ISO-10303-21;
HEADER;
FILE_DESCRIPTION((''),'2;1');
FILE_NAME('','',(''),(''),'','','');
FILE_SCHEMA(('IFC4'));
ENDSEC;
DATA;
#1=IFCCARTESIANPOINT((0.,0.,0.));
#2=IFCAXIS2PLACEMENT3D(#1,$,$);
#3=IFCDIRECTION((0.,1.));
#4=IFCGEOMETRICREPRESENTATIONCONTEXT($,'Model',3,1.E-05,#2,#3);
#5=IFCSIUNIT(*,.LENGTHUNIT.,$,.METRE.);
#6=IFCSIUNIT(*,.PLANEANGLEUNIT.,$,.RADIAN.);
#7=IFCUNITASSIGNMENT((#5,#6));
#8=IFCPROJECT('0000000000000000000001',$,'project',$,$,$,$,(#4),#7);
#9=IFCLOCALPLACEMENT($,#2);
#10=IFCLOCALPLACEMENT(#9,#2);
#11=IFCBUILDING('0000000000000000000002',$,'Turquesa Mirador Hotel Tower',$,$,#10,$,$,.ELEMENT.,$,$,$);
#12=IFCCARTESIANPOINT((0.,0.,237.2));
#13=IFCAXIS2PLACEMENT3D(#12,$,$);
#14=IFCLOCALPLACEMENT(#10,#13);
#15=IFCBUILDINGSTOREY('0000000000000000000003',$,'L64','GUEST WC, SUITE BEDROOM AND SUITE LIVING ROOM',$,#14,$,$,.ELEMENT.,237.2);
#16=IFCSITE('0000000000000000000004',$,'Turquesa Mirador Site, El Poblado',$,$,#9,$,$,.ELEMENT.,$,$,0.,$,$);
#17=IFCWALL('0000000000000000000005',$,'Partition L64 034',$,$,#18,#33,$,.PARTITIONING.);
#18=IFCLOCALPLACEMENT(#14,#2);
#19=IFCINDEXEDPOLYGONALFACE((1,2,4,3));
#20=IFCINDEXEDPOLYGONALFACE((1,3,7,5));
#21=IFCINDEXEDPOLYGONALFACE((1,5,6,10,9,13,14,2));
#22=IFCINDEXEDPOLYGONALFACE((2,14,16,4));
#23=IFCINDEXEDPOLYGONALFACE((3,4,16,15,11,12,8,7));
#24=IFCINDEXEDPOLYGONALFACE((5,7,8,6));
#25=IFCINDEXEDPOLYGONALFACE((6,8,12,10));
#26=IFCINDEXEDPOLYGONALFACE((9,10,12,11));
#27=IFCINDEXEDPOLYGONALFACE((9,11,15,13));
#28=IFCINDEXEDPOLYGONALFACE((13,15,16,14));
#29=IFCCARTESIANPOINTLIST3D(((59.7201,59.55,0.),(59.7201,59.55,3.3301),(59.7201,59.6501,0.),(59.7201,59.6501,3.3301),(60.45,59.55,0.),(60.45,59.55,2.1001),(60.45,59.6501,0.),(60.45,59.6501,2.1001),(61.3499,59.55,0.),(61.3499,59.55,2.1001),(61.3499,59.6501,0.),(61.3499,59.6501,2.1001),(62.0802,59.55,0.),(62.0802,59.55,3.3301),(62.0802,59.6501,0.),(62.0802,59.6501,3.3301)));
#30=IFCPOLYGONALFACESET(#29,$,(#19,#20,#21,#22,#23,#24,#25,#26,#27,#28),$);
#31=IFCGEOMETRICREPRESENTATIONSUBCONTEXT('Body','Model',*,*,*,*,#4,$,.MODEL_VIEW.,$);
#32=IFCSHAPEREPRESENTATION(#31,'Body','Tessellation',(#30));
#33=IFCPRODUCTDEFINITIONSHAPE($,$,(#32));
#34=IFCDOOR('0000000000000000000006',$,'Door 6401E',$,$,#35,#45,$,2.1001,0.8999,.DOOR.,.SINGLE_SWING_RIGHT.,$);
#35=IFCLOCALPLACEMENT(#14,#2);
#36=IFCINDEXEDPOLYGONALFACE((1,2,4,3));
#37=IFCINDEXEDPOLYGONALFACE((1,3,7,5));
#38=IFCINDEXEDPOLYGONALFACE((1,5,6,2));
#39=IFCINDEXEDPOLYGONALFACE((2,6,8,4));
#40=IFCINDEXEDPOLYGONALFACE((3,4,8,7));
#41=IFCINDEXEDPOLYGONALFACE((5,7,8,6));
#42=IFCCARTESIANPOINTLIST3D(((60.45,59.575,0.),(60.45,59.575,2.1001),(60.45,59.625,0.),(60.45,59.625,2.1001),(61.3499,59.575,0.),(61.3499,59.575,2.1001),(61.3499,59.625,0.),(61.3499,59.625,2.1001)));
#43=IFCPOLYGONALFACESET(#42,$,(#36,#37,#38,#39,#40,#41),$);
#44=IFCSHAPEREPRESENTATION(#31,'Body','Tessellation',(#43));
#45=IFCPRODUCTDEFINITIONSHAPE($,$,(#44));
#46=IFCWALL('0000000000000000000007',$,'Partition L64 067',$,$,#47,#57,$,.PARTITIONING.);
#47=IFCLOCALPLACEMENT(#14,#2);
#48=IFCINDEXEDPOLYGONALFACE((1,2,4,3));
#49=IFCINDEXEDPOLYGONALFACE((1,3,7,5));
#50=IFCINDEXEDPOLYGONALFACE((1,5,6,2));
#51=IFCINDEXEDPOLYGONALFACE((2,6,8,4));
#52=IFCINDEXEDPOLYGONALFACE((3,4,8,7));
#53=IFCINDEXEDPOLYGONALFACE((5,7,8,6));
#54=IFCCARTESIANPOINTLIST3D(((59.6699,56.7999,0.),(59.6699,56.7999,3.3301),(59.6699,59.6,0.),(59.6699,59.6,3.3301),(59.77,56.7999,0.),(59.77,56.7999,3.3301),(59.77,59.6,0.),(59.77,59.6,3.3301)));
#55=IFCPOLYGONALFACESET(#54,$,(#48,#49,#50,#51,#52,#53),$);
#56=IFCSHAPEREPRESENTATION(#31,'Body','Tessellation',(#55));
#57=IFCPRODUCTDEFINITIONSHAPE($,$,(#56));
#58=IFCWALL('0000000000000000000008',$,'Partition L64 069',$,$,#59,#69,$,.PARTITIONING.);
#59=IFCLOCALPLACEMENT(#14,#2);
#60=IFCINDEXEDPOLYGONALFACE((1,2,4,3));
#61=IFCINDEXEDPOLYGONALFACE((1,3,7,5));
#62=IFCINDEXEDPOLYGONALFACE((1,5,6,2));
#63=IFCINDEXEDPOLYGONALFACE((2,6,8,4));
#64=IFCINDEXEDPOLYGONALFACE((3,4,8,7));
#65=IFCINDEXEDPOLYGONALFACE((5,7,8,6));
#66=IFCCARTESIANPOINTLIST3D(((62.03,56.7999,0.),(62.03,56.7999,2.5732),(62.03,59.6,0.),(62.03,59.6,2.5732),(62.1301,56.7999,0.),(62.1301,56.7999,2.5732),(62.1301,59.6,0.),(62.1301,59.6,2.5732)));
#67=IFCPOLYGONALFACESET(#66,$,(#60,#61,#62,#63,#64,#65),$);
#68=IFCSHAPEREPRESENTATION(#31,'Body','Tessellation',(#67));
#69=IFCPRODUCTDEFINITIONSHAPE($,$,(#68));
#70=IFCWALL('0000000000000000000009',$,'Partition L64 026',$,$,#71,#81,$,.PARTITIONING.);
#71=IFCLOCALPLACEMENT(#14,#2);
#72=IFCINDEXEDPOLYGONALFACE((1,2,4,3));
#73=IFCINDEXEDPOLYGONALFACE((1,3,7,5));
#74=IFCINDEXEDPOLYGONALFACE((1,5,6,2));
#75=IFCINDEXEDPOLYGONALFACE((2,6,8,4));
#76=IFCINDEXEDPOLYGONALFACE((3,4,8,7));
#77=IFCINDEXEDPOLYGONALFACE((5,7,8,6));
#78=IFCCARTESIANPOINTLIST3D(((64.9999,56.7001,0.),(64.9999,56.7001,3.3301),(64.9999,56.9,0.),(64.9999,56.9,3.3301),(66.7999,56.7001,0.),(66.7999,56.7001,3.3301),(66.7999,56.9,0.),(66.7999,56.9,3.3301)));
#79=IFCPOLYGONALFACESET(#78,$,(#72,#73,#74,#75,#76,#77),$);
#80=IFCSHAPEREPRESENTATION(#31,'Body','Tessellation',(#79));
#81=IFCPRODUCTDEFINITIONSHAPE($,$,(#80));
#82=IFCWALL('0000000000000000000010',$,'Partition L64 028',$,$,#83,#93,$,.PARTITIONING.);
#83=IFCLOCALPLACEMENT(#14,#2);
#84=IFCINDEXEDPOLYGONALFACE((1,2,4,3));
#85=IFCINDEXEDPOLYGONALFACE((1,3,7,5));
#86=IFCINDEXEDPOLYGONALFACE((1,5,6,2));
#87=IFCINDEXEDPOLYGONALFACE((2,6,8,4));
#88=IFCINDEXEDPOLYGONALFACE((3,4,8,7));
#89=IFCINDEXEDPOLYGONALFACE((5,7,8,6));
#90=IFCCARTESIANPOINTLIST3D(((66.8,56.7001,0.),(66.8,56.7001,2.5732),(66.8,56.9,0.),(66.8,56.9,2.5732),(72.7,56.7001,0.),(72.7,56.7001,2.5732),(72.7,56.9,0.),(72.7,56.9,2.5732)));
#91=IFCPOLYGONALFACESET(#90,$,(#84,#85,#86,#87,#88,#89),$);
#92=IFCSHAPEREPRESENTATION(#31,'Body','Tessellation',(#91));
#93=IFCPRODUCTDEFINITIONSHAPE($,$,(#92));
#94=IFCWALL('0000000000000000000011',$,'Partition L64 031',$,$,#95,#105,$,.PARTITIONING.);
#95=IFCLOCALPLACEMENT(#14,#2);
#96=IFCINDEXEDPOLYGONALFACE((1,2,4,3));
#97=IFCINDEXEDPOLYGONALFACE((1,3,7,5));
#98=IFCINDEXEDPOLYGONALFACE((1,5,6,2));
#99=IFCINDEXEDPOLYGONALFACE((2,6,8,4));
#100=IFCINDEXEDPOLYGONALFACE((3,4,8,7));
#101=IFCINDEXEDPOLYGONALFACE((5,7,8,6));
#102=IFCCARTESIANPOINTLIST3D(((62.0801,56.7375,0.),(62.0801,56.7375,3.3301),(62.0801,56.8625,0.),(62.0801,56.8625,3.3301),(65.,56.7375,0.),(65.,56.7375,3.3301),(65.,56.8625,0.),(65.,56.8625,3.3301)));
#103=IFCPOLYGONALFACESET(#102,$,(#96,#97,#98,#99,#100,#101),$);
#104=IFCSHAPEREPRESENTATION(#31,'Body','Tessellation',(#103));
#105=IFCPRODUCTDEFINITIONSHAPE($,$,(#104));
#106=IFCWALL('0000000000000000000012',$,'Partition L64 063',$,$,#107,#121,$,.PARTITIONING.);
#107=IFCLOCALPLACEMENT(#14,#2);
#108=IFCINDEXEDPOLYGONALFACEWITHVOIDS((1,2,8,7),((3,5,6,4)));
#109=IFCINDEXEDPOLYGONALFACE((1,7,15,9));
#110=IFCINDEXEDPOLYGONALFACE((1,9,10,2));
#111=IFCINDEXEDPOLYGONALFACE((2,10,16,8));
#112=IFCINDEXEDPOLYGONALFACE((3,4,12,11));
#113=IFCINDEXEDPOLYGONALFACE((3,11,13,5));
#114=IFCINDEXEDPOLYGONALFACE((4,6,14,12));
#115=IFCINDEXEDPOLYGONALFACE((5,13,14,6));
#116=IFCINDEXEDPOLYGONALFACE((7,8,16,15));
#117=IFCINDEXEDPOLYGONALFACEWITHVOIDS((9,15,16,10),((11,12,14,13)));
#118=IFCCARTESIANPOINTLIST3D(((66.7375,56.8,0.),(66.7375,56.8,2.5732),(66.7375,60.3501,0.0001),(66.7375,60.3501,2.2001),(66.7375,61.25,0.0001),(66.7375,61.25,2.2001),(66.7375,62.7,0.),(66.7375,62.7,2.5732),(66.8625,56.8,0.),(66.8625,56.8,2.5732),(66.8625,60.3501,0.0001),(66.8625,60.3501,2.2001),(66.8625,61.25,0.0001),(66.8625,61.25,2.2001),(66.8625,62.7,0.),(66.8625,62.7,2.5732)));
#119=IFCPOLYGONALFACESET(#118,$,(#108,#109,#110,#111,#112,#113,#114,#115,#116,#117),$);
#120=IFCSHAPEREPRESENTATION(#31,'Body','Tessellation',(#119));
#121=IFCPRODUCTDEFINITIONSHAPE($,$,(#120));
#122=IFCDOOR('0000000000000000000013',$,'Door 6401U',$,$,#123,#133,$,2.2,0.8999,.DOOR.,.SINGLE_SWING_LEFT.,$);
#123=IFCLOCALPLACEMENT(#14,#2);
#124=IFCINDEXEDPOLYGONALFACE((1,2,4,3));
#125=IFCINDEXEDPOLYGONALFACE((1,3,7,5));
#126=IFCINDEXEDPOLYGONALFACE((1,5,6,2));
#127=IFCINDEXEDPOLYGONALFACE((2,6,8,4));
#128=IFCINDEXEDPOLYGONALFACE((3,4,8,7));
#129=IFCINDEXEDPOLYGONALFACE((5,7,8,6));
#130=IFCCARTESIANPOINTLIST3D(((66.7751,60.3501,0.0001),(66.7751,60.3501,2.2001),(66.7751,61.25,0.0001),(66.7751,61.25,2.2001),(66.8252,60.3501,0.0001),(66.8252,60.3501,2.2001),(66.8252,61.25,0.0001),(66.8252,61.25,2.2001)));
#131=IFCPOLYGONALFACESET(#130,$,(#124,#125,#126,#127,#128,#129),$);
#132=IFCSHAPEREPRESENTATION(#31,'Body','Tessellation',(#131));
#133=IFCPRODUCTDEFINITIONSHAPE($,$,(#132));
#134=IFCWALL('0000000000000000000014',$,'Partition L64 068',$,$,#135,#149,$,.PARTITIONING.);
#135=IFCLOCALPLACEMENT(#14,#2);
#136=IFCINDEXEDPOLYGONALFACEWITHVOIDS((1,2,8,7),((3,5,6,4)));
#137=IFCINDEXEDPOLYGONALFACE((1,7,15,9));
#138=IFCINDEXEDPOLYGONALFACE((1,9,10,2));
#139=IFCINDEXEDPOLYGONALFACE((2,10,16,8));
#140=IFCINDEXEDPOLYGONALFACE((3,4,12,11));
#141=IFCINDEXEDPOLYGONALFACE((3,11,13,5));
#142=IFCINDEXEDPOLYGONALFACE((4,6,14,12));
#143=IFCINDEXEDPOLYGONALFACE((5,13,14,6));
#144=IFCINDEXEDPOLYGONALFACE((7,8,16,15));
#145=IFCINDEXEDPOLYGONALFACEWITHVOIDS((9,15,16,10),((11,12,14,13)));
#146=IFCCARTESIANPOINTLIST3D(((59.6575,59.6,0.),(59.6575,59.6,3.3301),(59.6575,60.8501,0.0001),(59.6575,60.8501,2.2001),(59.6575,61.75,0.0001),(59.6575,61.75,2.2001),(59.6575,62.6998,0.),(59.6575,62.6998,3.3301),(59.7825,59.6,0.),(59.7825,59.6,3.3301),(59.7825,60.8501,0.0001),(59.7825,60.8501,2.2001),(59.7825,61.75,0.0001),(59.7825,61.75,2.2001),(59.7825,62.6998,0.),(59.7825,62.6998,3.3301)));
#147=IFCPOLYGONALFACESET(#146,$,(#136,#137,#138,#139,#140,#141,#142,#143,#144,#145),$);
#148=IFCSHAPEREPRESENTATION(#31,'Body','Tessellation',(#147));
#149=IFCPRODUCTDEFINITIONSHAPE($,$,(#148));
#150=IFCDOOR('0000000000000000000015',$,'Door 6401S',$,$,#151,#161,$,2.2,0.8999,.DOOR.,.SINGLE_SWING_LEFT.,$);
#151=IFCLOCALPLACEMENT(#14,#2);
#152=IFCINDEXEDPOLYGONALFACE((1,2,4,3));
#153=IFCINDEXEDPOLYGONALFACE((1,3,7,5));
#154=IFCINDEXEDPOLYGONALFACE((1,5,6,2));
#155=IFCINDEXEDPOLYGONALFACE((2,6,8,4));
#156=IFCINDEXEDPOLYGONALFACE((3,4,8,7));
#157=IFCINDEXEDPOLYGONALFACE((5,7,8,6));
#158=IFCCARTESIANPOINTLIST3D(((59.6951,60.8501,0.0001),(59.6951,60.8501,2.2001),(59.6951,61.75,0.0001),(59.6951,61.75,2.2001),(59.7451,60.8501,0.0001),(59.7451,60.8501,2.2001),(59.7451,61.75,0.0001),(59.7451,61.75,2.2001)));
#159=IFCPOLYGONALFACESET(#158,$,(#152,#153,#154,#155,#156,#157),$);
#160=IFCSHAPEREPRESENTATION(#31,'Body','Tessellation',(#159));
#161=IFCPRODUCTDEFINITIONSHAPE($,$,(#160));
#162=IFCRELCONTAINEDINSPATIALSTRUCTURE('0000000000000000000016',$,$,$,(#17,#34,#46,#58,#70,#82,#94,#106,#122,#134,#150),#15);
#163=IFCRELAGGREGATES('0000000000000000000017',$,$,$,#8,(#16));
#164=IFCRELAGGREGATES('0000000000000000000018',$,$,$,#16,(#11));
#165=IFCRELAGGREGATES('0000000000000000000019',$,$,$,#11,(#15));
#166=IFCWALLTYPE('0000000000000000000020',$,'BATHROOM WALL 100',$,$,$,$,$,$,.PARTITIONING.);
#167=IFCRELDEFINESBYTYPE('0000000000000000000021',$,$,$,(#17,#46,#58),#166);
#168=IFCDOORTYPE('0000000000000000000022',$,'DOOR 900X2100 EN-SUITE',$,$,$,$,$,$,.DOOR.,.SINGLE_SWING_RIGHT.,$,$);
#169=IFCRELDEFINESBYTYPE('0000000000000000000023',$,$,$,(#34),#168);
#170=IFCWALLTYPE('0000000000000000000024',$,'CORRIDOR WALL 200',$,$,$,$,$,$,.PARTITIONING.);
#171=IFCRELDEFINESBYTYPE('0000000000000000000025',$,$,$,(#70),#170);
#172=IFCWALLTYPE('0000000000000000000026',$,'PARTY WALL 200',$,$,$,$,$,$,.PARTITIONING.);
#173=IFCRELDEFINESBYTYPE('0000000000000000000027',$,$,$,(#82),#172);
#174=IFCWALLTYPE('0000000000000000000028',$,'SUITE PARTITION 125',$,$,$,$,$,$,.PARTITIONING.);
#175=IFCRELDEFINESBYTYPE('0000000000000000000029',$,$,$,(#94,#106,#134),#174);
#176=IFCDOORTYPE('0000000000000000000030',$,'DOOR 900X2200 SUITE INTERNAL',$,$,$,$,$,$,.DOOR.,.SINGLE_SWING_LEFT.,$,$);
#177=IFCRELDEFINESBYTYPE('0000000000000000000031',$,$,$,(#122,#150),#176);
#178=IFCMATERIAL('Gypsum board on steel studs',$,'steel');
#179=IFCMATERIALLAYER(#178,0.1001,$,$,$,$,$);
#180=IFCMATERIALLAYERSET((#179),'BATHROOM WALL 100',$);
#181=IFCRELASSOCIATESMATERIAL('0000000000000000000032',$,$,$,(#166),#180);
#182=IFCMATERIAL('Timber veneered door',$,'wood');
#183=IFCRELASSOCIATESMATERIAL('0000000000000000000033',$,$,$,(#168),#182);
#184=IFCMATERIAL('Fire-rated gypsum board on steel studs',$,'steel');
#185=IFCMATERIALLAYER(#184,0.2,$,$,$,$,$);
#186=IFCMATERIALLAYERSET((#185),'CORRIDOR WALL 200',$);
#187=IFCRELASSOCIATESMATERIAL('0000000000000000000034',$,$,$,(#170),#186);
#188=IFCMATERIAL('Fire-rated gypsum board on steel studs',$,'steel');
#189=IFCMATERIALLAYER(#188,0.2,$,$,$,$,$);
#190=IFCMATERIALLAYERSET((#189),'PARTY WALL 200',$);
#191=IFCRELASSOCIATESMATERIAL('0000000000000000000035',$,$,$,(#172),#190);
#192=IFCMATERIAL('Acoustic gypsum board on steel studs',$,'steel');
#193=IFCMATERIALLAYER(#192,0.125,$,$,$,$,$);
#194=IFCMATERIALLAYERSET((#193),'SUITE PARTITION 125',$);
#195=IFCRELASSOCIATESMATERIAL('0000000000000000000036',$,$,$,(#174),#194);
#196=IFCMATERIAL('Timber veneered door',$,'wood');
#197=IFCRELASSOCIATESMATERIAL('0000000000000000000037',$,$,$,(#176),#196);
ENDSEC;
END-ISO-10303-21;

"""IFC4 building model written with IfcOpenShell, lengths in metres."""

from ifc_helpers import new_model, si_unit, direction, frame, frame_2d, origin, place, context, subcontext, project, spatial, rectangle, extrude, material, layer, layer_set, type_object, element, fill, save


model = new_model("IFC4")

# Units and contexts
model_context = context("Model", 3, precision=1e-05, world=origin(), true_north=direction((0.0, 1.0)))
body_context = subcontext(model_context, "Body", "Model", "MODEL_VIEW")
ifc_project = project(units=[si_unit("LENGTHUNIT", "METRE"), si_unit("PLANEANGLEUNIT", "RADIAN")], contexts=[model_context])

# Site, building, storey
site_placement = place(None, origin())
site = spatial("IfcSite", under=ifc_project, at=site_placement, Name="Turquesa Mirador Site, El Poblado", CompositionType="ELEMENT", RefElevation=0.0)
building_placement = place(site_placement, origin())
building = spatial("IfcBuilding", under=site, at=building_placement, Name="Turquesa Mirador Hotel Tower", CompositionType="ELEMENT")
storey_placement = place(building_placement, frame((0.0, 0.0, 237.2)))
storey = spatial("IfcBuildingStorey", under=building, at=storey_placement, Name="L64", Description="GUEST WC, SUITE BEDROOM AND SUITE LIVING ROOM", CompositionType="ELEMENT", Elevation=237.2)

# Shared definitions
ifc_material_1 = material(Name="Gypsum board on steel studs", Category="steel")
ifc_layer_1 = layer(ifc_material_1, 0.1001)
ifc_layer_set_1 = layer_set([ifc_layer_1], Name="BATHROOM WALL 100")
wall_type_1 = type_object("IfcWallType", Name="BATHROOM WALL 100", PredefinedType="PARTITIONING", material=ifc_layer_set_1)

# Wall, opening, door
wall_1_placement = place(storey_placement, frame((59.72, 59.6001, 0.0), z_axis=(0.0, 0.0, 1.0), x_axis=(1.0, 0.0, 0.0)))
wall_1 = element("IfcWall", 1, at=wall_1_placement, inside=storey, type_object=wall_type_1, Name="Partition L64 034", PredefinedType="PARTITIONING", context=body_context, shape_type="SweptSolid", body=[
    extrude(rectangle(XDim=2.3601, YDim=0.1001, at=frame_2d((1.1802, 0.0))), origin(), (0.0, 0.0, 1.0), 3.3301),
])
opening_1_placement = place(wall_1_placement, frame((0.73, 0.0, 0.0)))
opening_1 = element("IfcOpeningElement", 2, at=opening_1_placement, cuts=wall_1, PredefinedType="OPENING", context=body_context, shape_type="SweptSolid", body=[
    extrude(rectangle(XDim=0.8999, YDim=2.1001, at=frame_2d((0.45, 1.05))), frame((0.0, 0.0601, 0.0), z_axis=(0.0, -1.0, 0.0), x_axis=(1.0, 0.0, 0.0)), (0.0, 0.0, 1.0), 0.1201),
])
ifc_material_2 = material(Name="Timber veneered door", Category="wood")
door_type_1 = type_object("IfcDoorType", Name="DOOR 900X2100 EN-SUITE", OperationType="SINGLE_SWING_RIGHT", PredefinedType="DOOR", material=ifc_material_2)
door_1_placement = place(opening_1_placement, origin())
door_1 = element("IfcDoor", 3, at=door_1_placement, inside=storey, type_object=door_type_1, Name="Door 6401E", OperationType="SINGLE_SWING_RIGHT", OverallHeight=2.1001, OverallWidth=0.8999, PredefinedType="DOOR", context=body_context, shape_type="SweptSolid", body=[
    extrude(rectangle(XDim=0.8999, YDim=2.1001, at=frame_2d((0.45, 1.05))), frame((0.0, 0.0249, 0.0), z_axis=(0.0, -1.0, 0.0), x_axis=(1.0, 0.0, 0.0)), (0.0, 0.0, 1.0), 0.05),
])
fill(opening_1, door_1)

# Walls
wall_2_placement = place(storey_placement, frame((59.72, 56.8, 0.0), z_axis=(0.0, 0.0, 1.0), x_axis=(0.0, 1.0, 0.0)))
element("IfcWall", 4, at=wall_2_placement, inside=storey, type_object=wall_type_1, Name="Partition L64 067", PredefinedType="PARTITIONING", context=body_context, shape_type="SweptSolid", body=[
    extrude(rectangle(XDim=2.8, YDim=0.1001, at=frame_2d((1.3999, 0.0))), origin(), (0.0, 0.0, 1.0), 3.3301),
])
wall_3_placement = place(storey_placement, frame((62.0801, 56.8, 0.0), z_axis=(0.0, 0.0, 1.0), x_axis=(0.0, 1.0, 0.0)))
element("IfcWall", 5, at=wall_3_placement, inside=storey, type_object=wall_type_1, Name="Partition L64 069", PredefinedType="PARTITIONING", context=body_context, shape_type="SweptSolid", body=[
    extrude(rectangle(XDim=2.8, YDim=0.1001, at=frame_2d((1.3999, 0.0))), origin(), (0.0, 0.0, 1.0), 2.5732),
])
ifc_material_3 = material(Name="Fire-rated gypsum board on steel studs", Category="steel")
ifc_layer_2 = layer(ifc_material_3, 0.2)
ifc_layer_set_2 = layer_set([ifc_layer_2], Name="CORRIDOR WALL 200")
wall_type_2 = type_object("IfcWallType", Name="CORRIDOR WALL 200", PredefinedType="PARTITIONING", material=ifc_layer_set_2)
wall_4_placement = place(storey_placement, frame((65.0, 56.8, 0.0), z_axis=(0.0, 0.0, 1.0), x_axis=(1.0, 0.0, 0.0)))
element("IfcWall", 6, at=wall_4_placement, inside=storey, type_object=wall_type_2, Name="Partition L64 026", PredefinedType="PARTITIONING", context=body_context, shape_type="SweptSolid", body=[
    extrude(rectangle(XDim=1.8, YDim=0.2, at=frame_2d((0.8999, 0.0))), origin(), (0.0, 0.0, 1.0), 3.3301),
])
ifc_material_4 = material(Name="Fire-rated gypsum board on steel studs", Category="steel")
ifc_layer_3 = layer(ifc_material_4, 0.2)
ifc_layer_set_3 = layer_set([ifc_layer_3], Name="PARTY WALL 200")
wall_type_3 = type_object("IfcWallType", Name="PARTY WALL 200", PredefinedType="PARTITIONING", material=ifc_layer_set_3)
wall_5_placement = place(storey_placement, frame((66.8, 56.8, 0.0), z_axis=(0.0, 0.0, 1.0), x_axis=(1.0, 0.0, 0.0)))
element("IfcWall", 7, at=wall_5_placement, inside=storey, type_object=wall_type_3, Name="Partition L64 028", PredefinedType="PARTITIONING", context=body_context, shape_type="SweptSolid", body=[
    extrude(rectangle(XDim=5.8999, YDim=0.2, at=frame_2d((2.95, 0.0))), origin(), (0.0, 0.0, 1.0), 2.5732),
])
ifc_material_5 = material(Name="Acoustic gypsum board on steel studs", Category="steel")
ifc_layer_4 = layer(ifc_material_5, 0.125)
ifc_layer_set_4 = layer_set([ifc_layer_4], Name="SUITE PARTITION 125")
wall_type_4 = type_object("IfcWallType", Name="SUITE PARTITION 125", PredefinedType="PARTITIONING", material=ifc_layer_set_4)
wall_6_placement = place(storey_placement, frame((62.0801, 56.8, 0.0), z_axis=(0.0, 0.0, 1.0), x_axis=(1.0, 0.0, 0.0)))
element("IfcWall", 8, at=wall_6_placement, inside=storey, type_object=wall_type_4, Name="Partition L64 031", PredefinedType="PARTITIONING", context=body_context, shape_type="SweptSolid", body=[
    extrude(rectangle(XDim=2.9199, YDim=0.125, at=frame_2d((1.46, 0.0))), origin(), (0.0, 0.0, 1.0), 3.3301),
])

# Walls, openings, doors
wall_7_placement = place(storey_placement, frame((66.8, 56.8, 0.0), z_axis=(0.0, 0.0, 1.0), x_axis=(0.0, 1.0, 0.0)))
wall_7 = element("IfcWall", 9, at=wall_7_placement, inside=storey, type_object=wall_type_4, Name="Partition L64 063", PredefinedType="PARTITIONING", context=body_context, shape_type="SweptSolid", body=[
    extrude(rectangle(XDim=5.8999, YDim=0.125, at=frame_2d((2.95, 0.0))), origin(), (0.0, 0.0, 1.0), 2.5732),
])
opening_2_placement = place(wall_7_placement, frame((3.55, 0.0, 0.0)))
opening_2 = element("IfcOpeningElement", 10, at=opening_2_placement, cuts=wall_7, PredefinedType="OPENING", context=body_context, shape_type="SweptSolid", body=[
    extrude(rectangle(XDim=0.8999, YDim=2.2, at=frame_2d((0.45, 1.1001))), frame((0.0, 0.0725, 0.0), z_axis=(0.0, -1.0, 0.0), x_axis=(1.0, 0.0, 0.0)), (0.0, 0.0, 1.0), 0.145),
])
ifc_material_6 = material(Name="Timber veneered door", Category="wood")
door_type_2 = type_object("IfcDoorType", Name="DOOR 900X2200 SUITE INTERNAL", OperationType="SINGLE_SWING_LEFT", PredefinedType="DOOR", material=ifc_material_6)
door_2_placement = place(opening_2_placement, origin())
door_2 = element("IfcDoor", 11, at=door_2_placement, inside=storey, type_object=door_type_2, Name="Door 6401U", OperationType="SINGLE_SWING_LEFT", OverallHeight=2.2, OverallWidth=0.8999, PredefinedType="DOOR", context=body_context, shape_type="SweptSolid", body=[
    extrude(rectangle(XDim=0.8999, YDim=2.2, at=frame_2d((0.45, 1.1001))), frame((0.0, 0.0249, 0.0), z_axis=(0.0, -1.0, 0.0), x_axis=(1.0, 0.0, 0.0)), (0.0, 0.0, 1.0), 0.05),
])
fill(opening_2, door_2)
wall_8_placement = place(storey_placement, frame((59.72, 59.6001, 0.0), z_axis=(0.0, 0.0, 1.0), x_axis=(0.0, 1.0, 0.0)))
wall_8 = element("IfcWall", 12, at=wall_8_placement, inside=storey, type_object=wall_type_4, Name="Partition L64 068", PredefinedType="PARTITIONING", context=body_context, shape_type="SweptSolid", body=[
    extrude(rectangle(XDim=3.0999, YDim=0.125, at=frame_2d((1.5498, 0.0))), origin(), (0.0, 0.0, 1.0), 3.3301),
])
opening_3_placement = place(wall_8_placement, frame((1.25, 0.0, 0.0)))
opening_3 = element("IfcOpeningElement", 13, at=opening_3_placement, cuts=wall_8, PredefinedType="OPENING", context=body_context, shape_type="SweptSolid", body=[
    extrude(rectangle(XDim=0.8999, YDim=2.2, at=frame_2d((0.45, 1.1001))), frame((0.0, 0.0725, 0.0), z_axis=(0.0, -1.0, 0.0), x_axis=(1.0, 0.0, 0.0)), (0.0, 0.0, 1.0), 0.145),
])
door_3_placement = place(opening_3_placement, origin())
door_3 = element("IfcDoor", 14, at=door_3_placement, inside=storey, type_object=door_type_2, Name="Door 6401S", OperationType="SINGLE_SWING_LEFT", OverallHeight=2.2, OverallWidth=0.8999, PredefinedType="DOOR", context=body_context, shape_type="SweptSolid", body=[
    extrude(rectangle(XDim=0.8999, YDim=2.2, at=frame_2d((0.45, 1.1001))), frame((0.0, 0.0249, 0.0), z_axis=(0.0, -1.0, 0.0), x_axis=(1.0, 0.0, 0.0)), (0.0, 0.0, 1.0), 0.05),
])
fill(opening_3, door_3)

save(model, "model.ifc")
